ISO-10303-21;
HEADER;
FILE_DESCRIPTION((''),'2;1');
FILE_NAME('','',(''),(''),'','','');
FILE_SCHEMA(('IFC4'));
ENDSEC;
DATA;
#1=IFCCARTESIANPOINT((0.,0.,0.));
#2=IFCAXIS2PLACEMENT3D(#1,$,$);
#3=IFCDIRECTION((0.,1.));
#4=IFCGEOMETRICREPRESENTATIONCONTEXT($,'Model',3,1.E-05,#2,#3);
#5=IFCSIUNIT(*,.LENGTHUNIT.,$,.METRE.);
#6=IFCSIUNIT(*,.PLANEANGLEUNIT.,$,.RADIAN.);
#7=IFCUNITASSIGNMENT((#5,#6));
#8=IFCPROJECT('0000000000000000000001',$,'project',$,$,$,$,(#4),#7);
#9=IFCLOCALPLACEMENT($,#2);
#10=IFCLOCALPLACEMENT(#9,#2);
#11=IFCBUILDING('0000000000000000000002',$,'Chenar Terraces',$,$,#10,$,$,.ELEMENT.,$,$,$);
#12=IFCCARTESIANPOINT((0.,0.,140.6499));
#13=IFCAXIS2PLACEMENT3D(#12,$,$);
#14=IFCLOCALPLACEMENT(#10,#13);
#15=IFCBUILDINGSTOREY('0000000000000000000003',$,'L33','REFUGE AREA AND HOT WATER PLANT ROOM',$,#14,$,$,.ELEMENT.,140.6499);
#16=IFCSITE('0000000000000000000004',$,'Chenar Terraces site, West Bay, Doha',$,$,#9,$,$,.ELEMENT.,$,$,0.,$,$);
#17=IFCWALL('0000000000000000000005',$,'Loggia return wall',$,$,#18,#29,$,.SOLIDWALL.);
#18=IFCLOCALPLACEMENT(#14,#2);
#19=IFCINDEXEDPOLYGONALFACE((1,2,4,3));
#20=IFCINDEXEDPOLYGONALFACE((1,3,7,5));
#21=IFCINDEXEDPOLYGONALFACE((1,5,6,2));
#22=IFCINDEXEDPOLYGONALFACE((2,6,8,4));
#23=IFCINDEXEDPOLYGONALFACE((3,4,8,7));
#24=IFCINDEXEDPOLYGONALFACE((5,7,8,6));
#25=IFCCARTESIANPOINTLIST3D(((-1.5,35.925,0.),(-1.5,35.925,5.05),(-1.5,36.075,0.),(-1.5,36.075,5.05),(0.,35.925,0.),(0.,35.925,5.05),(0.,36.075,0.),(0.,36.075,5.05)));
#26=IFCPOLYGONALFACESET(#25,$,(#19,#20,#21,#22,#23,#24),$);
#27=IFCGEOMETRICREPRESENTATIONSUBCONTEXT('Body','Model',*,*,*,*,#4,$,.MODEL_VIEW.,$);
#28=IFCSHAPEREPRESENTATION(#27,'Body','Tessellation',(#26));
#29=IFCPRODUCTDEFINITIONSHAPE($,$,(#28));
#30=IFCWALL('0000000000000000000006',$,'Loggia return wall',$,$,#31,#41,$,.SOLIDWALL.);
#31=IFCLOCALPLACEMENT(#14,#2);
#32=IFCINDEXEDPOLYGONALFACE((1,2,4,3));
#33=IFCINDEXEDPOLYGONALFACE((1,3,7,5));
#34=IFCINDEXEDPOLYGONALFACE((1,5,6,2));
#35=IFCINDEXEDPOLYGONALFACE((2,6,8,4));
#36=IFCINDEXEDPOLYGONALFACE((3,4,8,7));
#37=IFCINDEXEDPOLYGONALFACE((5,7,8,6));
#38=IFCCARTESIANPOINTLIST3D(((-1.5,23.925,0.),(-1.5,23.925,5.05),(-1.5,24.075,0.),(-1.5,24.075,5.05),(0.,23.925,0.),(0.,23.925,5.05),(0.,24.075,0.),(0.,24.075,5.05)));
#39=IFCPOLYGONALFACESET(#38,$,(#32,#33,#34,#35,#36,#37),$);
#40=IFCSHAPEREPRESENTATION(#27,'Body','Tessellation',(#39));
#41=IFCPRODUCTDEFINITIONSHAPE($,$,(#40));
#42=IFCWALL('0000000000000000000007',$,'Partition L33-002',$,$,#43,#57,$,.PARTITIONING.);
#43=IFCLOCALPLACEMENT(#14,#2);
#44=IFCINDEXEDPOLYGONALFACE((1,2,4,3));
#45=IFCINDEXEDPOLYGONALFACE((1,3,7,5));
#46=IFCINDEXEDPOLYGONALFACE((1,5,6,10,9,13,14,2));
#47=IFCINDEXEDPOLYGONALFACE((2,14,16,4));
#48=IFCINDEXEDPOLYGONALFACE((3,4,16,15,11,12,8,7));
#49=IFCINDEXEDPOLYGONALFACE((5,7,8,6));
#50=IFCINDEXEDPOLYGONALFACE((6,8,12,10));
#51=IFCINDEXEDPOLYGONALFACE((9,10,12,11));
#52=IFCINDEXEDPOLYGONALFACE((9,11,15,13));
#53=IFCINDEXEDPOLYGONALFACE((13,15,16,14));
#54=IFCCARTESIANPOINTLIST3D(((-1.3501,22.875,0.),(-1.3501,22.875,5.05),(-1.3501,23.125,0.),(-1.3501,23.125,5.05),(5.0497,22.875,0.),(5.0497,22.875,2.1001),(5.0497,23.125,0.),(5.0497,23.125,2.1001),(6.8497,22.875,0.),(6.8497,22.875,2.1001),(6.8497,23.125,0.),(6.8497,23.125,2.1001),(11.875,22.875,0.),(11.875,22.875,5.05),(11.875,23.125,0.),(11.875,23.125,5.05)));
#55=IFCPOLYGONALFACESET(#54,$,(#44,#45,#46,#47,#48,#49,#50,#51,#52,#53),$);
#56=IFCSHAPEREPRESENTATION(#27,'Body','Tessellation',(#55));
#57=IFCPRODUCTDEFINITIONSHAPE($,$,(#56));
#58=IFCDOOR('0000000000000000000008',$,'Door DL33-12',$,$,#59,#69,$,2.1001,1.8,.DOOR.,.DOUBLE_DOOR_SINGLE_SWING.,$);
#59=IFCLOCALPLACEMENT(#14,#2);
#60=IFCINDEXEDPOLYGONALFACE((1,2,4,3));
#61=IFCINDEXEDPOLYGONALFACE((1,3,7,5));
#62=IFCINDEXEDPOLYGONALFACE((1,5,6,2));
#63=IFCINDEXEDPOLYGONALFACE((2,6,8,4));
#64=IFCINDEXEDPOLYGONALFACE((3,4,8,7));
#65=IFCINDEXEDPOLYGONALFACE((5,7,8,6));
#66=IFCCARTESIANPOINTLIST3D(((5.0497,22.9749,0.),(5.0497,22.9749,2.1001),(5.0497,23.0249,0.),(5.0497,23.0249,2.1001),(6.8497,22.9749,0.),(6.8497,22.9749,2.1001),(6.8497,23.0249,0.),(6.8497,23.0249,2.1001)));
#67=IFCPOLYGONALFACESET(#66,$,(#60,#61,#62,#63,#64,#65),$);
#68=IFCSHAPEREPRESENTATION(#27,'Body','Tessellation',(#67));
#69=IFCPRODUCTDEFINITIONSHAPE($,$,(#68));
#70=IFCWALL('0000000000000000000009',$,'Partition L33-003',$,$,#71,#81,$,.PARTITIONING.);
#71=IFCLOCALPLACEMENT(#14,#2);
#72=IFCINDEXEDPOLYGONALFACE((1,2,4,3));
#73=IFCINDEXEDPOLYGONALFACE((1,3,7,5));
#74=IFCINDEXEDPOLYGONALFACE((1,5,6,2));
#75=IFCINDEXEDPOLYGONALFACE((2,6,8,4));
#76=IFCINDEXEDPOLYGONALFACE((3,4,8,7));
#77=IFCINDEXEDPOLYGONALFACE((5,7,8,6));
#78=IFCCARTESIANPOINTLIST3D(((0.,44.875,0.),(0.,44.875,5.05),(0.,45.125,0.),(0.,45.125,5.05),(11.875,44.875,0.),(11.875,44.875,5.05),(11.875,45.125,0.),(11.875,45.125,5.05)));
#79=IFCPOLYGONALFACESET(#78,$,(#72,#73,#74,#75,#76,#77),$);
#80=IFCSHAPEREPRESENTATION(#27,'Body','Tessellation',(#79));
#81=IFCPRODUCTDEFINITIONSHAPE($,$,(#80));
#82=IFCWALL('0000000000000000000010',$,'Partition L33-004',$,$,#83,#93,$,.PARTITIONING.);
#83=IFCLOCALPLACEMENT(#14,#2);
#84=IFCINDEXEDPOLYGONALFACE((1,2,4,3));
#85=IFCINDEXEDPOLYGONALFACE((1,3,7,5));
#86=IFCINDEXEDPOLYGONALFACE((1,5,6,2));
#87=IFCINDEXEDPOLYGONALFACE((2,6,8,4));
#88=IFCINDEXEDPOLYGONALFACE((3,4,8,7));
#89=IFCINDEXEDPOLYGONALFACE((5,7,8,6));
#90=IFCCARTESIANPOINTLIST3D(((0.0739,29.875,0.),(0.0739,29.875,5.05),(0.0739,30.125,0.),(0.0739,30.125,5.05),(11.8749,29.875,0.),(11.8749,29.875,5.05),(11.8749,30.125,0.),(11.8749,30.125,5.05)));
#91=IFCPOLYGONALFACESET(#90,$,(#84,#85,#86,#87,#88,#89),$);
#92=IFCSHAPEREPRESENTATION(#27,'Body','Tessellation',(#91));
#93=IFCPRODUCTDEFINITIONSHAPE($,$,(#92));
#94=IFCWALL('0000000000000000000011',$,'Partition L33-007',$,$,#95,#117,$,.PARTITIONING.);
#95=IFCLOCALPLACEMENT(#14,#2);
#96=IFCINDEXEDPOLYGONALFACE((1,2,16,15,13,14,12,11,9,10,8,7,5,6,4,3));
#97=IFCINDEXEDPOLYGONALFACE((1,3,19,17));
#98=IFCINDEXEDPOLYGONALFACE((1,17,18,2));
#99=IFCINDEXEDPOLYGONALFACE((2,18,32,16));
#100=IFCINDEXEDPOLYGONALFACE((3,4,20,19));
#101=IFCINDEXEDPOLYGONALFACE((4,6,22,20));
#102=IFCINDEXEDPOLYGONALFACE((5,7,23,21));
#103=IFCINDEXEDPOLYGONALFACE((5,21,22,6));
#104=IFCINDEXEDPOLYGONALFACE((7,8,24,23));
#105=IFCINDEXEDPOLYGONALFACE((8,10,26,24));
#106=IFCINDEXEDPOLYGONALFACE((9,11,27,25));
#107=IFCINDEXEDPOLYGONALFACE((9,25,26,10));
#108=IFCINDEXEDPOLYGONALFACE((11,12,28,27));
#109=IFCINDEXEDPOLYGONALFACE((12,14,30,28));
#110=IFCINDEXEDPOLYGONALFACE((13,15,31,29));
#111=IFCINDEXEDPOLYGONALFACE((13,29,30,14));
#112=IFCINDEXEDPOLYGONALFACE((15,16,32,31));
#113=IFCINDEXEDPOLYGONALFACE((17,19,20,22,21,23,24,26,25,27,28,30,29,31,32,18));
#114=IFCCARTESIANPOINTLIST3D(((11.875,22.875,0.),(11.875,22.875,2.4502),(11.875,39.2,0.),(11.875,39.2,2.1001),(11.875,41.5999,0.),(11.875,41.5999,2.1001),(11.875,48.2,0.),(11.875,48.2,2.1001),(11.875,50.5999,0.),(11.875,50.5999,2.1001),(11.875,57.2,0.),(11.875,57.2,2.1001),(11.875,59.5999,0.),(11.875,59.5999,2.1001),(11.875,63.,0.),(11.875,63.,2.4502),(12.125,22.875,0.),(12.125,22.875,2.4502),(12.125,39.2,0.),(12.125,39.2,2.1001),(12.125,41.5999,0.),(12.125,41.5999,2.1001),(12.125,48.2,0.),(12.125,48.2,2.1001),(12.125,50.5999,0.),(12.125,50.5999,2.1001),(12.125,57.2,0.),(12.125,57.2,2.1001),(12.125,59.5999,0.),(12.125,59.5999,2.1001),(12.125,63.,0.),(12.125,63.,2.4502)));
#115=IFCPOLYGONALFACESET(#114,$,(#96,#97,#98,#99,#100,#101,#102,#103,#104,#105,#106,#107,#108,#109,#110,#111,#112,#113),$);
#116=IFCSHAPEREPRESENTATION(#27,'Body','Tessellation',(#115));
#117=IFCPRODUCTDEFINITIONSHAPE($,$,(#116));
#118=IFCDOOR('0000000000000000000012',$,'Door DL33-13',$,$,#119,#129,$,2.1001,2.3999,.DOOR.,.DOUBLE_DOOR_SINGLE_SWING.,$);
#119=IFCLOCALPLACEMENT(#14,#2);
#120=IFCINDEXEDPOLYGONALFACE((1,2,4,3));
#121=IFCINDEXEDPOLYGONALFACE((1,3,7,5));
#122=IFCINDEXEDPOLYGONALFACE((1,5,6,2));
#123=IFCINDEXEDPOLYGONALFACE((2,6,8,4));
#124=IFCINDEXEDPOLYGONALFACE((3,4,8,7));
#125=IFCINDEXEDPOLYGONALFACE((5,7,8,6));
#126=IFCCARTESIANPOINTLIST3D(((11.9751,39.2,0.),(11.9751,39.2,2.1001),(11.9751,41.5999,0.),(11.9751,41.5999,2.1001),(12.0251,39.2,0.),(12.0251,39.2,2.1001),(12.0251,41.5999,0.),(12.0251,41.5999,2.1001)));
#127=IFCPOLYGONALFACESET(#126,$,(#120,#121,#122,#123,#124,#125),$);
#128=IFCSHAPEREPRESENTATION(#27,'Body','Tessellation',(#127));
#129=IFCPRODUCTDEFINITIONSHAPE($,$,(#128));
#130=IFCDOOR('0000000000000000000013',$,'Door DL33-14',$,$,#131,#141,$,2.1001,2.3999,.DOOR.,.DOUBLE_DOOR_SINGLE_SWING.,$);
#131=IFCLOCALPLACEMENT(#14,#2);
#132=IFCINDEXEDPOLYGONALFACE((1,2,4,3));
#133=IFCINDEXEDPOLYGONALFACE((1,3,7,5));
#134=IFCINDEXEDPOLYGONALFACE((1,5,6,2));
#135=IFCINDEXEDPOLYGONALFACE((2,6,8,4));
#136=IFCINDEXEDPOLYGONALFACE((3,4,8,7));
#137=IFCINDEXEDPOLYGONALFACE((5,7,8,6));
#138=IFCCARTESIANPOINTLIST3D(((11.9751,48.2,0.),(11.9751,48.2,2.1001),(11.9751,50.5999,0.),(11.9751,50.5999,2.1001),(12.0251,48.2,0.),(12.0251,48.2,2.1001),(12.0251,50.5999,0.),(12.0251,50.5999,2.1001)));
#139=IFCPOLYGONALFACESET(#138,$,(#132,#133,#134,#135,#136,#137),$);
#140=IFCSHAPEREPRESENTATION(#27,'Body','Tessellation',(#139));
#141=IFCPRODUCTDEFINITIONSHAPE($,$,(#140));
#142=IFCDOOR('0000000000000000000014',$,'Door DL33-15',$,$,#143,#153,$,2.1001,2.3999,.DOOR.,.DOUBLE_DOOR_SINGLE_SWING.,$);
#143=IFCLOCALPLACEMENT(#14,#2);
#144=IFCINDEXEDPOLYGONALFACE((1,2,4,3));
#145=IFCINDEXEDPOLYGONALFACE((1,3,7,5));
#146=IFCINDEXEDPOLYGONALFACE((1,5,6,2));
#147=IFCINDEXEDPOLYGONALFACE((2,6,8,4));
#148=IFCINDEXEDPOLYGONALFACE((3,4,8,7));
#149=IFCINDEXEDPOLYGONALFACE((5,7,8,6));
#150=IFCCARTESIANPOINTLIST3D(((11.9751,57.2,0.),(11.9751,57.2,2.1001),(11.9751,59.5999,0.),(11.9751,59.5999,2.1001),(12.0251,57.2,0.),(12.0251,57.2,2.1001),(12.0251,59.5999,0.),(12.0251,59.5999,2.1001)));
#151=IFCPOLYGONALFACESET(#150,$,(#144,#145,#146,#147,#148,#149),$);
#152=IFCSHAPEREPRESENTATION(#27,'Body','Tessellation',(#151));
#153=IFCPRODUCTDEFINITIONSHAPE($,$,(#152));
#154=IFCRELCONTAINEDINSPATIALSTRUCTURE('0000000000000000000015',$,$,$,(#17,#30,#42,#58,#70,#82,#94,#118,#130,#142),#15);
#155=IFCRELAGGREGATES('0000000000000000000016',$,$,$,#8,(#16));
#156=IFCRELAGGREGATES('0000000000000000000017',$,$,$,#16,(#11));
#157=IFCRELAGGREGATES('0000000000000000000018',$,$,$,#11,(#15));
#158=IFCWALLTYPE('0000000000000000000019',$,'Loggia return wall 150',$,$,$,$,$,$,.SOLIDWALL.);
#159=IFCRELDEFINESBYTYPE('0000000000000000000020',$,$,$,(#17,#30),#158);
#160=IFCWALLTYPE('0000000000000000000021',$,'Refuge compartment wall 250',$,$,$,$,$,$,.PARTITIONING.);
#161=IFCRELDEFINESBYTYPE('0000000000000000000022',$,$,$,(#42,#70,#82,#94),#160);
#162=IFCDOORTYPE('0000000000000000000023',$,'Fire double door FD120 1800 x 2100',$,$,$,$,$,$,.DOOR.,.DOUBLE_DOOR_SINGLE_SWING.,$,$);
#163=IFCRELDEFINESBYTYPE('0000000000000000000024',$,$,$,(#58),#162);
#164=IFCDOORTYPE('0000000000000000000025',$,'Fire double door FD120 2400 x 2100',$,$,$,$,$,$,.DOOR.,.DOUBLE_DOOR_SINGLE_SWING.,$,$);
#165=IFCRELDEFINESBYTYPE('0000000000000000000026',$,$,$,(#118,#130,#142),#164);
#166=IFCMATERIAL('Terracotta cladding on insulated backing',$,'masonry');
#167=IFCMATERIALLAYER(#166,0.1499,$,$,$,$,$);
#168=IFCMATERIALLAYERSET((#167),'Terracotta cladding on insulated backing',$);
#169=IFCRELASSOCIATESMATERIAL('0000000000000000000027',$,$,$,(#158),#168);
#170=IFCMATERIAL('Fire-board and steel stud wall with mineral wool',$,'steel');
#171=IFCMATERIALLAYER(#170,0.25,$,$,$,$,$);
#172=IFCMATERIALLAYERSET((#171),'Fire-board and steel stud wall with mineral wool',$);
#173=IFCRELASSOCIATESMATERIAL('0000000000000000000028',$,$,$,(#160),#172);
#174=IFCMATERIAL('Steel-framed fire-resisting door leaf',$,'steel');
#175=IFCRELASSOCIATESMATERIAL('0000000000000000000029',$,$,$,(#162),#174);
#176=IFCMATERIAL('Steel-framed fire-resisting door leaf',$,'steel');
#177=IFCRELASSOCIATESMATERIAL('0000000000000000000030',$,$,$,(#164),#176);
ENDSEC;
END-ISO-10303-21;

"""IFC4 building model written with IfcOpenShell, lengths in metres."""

from ifc_helpers import new_model, si_unit, direction, frame, frame_2d, origin, place, context, subcontext, project, spatial, rectangle, extrude, material, layer, layer_set, type_object, element, fill, save


model = new_model("IFC4")

# Units and contexts
model_context = context("Model", 3, precision=1e-05, world=origin(), true_north=direction((0.0, 1.0)))
body_context = subcontext(model_context, "Body", "Model", "MODEL_VIEW")
ifc_project = project(units=[si_unit("LENGTHUNIT", "METRE"), si_unit("PLANEANGLEUNIT", "RADIAN")], contexts=[model_context])

# Site, building, storey
site_placement = place(None, origin())
site = spatial("IfcSite", under=ifc_project, at=site_placement, Name="Chenar Terraces site, West Bay, Doha", CompositionType="ELEMENT", RefElevation=0.0)
building_placement = place(site_placement, origin())
building = spatial("IfcBuilding", under=site, at=building_placement, Name="Chenar Terraces", CompositionType="ELEMENT")
storey_placement = place(building_placement, frame((0.0, 0.0, 140.6499)))
storey = spatial("IfcBuildingStorey", under=building, at=storey_placement, Name="L33", Description="REFUGE AREA AND HOT WATER PLANT ROOM", CompositionType="ELEMENT", Elevation=140.6499)

# Shared definitions
placement = place(storey_placement, frame((0.0, 45.0, 0.0), z_axis=(0.0, 0.0, 1.0), x_axis=(1.0, 0.0, 0.0)))

# Walls
ifc_material_1 = material(Name="Terracotta cladding on insulated backing", Category="masonry")
ifc_layer_1 = layer(ifc_material_1, 0.1499)
ifc_layer_set_1 = layer_set([ifc_layer_1], Name="Terracotta cladding on insulated backing")
wall_type_1 = type_object("IfcWallType", Name="Loggia return wall 150", PredefinedType="SOLIDWALL", material=ifc_layer_set_1)
for number, where, z_axis, x_axis, name in (
    (1, (-1.5, 36.0, 0.0), (0.0, 0.0, 1.0), (1.0, 0.0, 0.0), "Loggia return wall"),
    (2, (-1.5, 24.0, 0.0), (0.0, 0.0, 1.0), (1.0, 0.0, 0.0), "Loggia return wall"),
):
    element("IfcWall", number, at=place(storey_placement, frame(where, z_axis=z_axis, x_axis=x_axis)), inside=storey, type_object=wall_type_1, Name=name, PredefinedType="SOLIDWALL", context=body_context, shape_type="SweptSolid", body=[
        extrude(rectangle(XDim=1.5, YDim=0.1499, at=frame_2d((0.75, 0.0))), origin(), (0.0, 0.0, 1.0), 5.05),
    ])

# Wall, opening, door
ifc_material_2 = material(Name="Fire-board and steel stud wall with mineral wool", Category="steel")
ifc_layer_2 = layer(ifc_material_2, 0.25)
ifc_layer_set_2 = layer_set([ifc_layer_2], Name="Fire-board and steel stud wall with mineral wool")
wall_type_2 = type_object("IfcWallType", Name="Refuge compartment wall 250", PredefinedType="PARTITIONING", material=ifc_layer_set_2)
wall_1_placement = place(storey_placement, frame((-1.3501, 23.0, 0.0), z_axis=(0.0, 0.0, 1.0), x_axis=(1.0, 0.0, 0.0)))
wall_1 = element("IfcWall", 3, at=wall_1_placement, inside=storey, type_object=wall_type_2, Name="Partition L33-002", PredefinedType="PARTITIONING", context=body_context, shape_type="SweptSolid", body=[
    extrude(rectangle(XDim=13.2251, YDim=0.25, at=frame_2d((6.6125, 0.0))), origin(), (0.0, 0.0, 1.0), 5.05),
])
opening_1_placement = place(wall_1_placement, frame((6.3999, 0.0, 0.0)))
opening_1 = element("IfcOpeningElement", 4, at=opening_1_placement, cuts=wall_1, PredefinedType="OPENING", context=body_context, shape_type="SweptSolid", body=[
    extrude(rectangle(XDim=1.8, YDim=2.1001, at=frame_2d((0.8999, 1.05))), frame((0.0, 0.135, 0.0), z_axis=(0.0, -1.0, 0.0), x_axis=(1.0, 0.0, 0.0)), (0.0, 0.0, 1.0), 0.27),
])
ifc_material_3 = material(Name="Steel-framed fire-resisting door leaf", Category="steel")
door_type_1 = type_object("IfcDoorType", Name="Fire double door FD120 1800 x 2100", OperationType="DOUBLE_DOOR_SINGLE_SWING", PredefinedType="DOOR", material=ifc_material_3)
door_1_placement = place(opening_1_placement, origin())
door_1 = element("IfcDoor", 5, at=door_1_placement, inside=storey, type_object=door_type_1, Name="Door DL33-12", OperationType="DOUBLE_DOOR_SINGLE_SWING", OverallHeight=2.1001, OverallWidth=1.8, PredefinedType="DOOR", context=body_context, shape_type="SweptSolid", body=[
    extrude(rectangle(XDim=1.8, YDim=2.1001, at=frame_2d((0.8999, 1.05))), frame((0.0, 0.0249, 0.0), z_axis=(0.0, -1.0, 0.0), x_axis=(1.0, 0.0, 0.0)), (0.0, 0.0, 1.0), 0.05),
])
fill(opening_1, door_1)

# Walls
element("IfcWall", 6, at=placement, inside=storey, type_object=wall_type_2, Name="Partition L33-003", PredefinedType="PARTITIONING", context=body_context, shape_type="SweptSolid", body=[
    extrude(rectangle(XDim=11.875, YDim=0.25, at=frame_2d((5.9375, 0.0))), origin(), (0.0, 0.0, 1.0), 5.05),
])
wall_2_placement = place(storey_placement, frame((0.074, 30.0, 0.0), z_axis=(0.0, 0.0, 1.0), x_axis=(1.0, 0.0, 0.0)))
element("IfcWall", 7, at=wall_2_placement, inside=storey, type_object=wall_type_2, Name="Partition L33-004", PredefinedType="PARTITIONING", context=body_context, shape_type="SweptSolid", body=[
    extrude(rectangle(XDim=11.801, YDim=0.25, at=frame_2d((5.9004, 0.0))), origin(), (0.0, 0.0, 1.0), 5.05),
])

# Wall, openings, doors
wall_3_placement = place(storey_placement, frame((12.0, 22.875, 0.0), z_axis=(0.0, 0.0, 1.0), x_axis=(0.0, 1.0, 0.0)))
wall_3 = element("IfcWall", 8, at=wall_3_placement, inside=storey, type_object=wall_type_2, Name="Partition L33-007", PredefinedType="PARTITIONING", context=body_context, shape_type="SweptSolid", body=[
    extrude(rectangle(XDim=40.125, YDim=0.25, at=frame_2d((20.0625, 0.0))), origin(), (0.0, 0.0, 1.0), 2.4502),
])
opening_2_placement = place(wall_3_placement, frame((16.325, 0.0, 0.0)))
opening_2 = element("IfcOpeningElement", 9, at=opening_2_placement, cuts=wall_3, PredefinedType="OPENING", context=body_context, shape_type="SweptSolid", body=[
    extrude(rectangle(XDim=2.3999, YDim=2.1001, at=frame_2d((1.2, 1.05))), frame((0.0, 0.135, 0.0), z_axis=(0.0, -1.0, 0.0), x_axis=(1.0, 0.0, 0.0)), (0.0, 0.0, 1.0), 0.27),
])
opening_3_placement = place(wall_3_placement, frame((25.325, 0.0, 0.0)))
opening_3 = element("IfcOpeningElement", 10, at=opening_3_placement, cuts=wall_3, PredefinedType="OPENING", context=body_context, shape_type="SweptSolid", body=[
    extrude(rectangle(XDim=2.3999, YDim=2.1001, at=frame_2d((1.2, 1.05))), frame((0.0, 0.135, 0.0), z_axis=(0.0, -1.0, 0.0), x_axis=(1.0, 0.0, 0.0)), (0.0, 0.0, 1.0), 0.27),
])
opening_4_placement = place(wall_3_placement, frame((34.325, 0.0, 0.0)))
opening_4 = element("IfcOpeningElement", 11, at=opening_4_placement, cuts=wall_3, PredefinedType="OPENING", context=body_context, shape_type="SweptSolid", body=[
    extrude(rectangle(XDim=2.3999, YDim=2.1001, at=frame_2d((1.2, 1.05))), frame((0.0, 0.135, 0.0), z_axis=(0.0, -1.0, 0.0), x_axis=(1.0, 0.0, 0.0)), (0.0, 0.0, 1.0), 0.27),
])
ifc_material_4 = material(Name="Steel-framed fire-resisting door leaf", Category="steel")
door_type_2 = type_object("IfcDoorType", Name="Fire double door FD120 2400 x 2100", OperationType="DOUBLE_DOOR_SINGLE_SWING", PredefinedType="DOOR", material=ifc_material_4)
door_2_placement = place(opening_2_placement, origin())
door_2 = element("IfcDoor", 12, at=door_2_placement, inside=storey, type_object=door_type_2, Name="Door DL33-13", OperationType="DOUBLE_DOOR_SINGLE_SWING", OverallHeight=2.1001, OverallWidth=2.3999, PredefinedType="DOOR", context=body_context, shape_type="SweptSolid", body=[
    extrude(rectangle(XDim=2.3999, YDim=2.1001, at=frame_2d((1.2, 1.05))), frame((0.0, 0.0249, 0.0), z_axis=(0.0, -1.0, 0.0), x_axis=(1.0, 0.0, 0.0)), (0.0, 0.0, 1.0), 0.05),
])
fill(opening_2, door_2)
door_3_placement = place(opening_3_placement, origin())
door_3 = element("IfcDoor", 13, at=door_3_placement, inside=storey, type_object=door_type_2, Name="Door DL33-14", OperationType="DOUBLE_DOOR_SINGLE_SWING", OverallHeight=2.1001, OverallWidth=2.3999, PredefinedType="DOOR", context=body_context, shape_type="SweptSolid", body=[
    extrude(rectangle(XDim=2.3999, YDim=2.1001, at=frame_2d((1.2, 1.05))), frame((0.0, 0.0249, 0.0), z_axis=(0.0, -1.0, 0.0), x_axis=(1.0, 0.0, 0.0)), (0.0, 0.0, 1.0), 0.05),
])
fill(opening_3, door_3)
door_4_placement = place(opening_4_placement, origin())
door_4 = element("IfcDoor", 14, at=door_4_placement, inside=storey, type_object=door_type_2, Name="Door DL33-15", OperationType="DOUBLE_DOOR_SINGLE_SWING", OverallHeight=2.1001, OverallWidth=2.3999, PredefinedType="DOOR", context=body_context, shape_type="SweptSolid", body=[
    extrude(rectangle(XDim=2.3999, YDim=2.1001, at=frame_2d((1.2, 1.05))), frame((0.0, 0.0249, 0.0), z_axis=(0.0, -1.0, 0.0), x_axis=(1.0, 0.0, 0.0)), (0.0, 0.0, 1.0), 0.05),
])
fill(opening_4, door_4)

save(model, "model.ifc")
